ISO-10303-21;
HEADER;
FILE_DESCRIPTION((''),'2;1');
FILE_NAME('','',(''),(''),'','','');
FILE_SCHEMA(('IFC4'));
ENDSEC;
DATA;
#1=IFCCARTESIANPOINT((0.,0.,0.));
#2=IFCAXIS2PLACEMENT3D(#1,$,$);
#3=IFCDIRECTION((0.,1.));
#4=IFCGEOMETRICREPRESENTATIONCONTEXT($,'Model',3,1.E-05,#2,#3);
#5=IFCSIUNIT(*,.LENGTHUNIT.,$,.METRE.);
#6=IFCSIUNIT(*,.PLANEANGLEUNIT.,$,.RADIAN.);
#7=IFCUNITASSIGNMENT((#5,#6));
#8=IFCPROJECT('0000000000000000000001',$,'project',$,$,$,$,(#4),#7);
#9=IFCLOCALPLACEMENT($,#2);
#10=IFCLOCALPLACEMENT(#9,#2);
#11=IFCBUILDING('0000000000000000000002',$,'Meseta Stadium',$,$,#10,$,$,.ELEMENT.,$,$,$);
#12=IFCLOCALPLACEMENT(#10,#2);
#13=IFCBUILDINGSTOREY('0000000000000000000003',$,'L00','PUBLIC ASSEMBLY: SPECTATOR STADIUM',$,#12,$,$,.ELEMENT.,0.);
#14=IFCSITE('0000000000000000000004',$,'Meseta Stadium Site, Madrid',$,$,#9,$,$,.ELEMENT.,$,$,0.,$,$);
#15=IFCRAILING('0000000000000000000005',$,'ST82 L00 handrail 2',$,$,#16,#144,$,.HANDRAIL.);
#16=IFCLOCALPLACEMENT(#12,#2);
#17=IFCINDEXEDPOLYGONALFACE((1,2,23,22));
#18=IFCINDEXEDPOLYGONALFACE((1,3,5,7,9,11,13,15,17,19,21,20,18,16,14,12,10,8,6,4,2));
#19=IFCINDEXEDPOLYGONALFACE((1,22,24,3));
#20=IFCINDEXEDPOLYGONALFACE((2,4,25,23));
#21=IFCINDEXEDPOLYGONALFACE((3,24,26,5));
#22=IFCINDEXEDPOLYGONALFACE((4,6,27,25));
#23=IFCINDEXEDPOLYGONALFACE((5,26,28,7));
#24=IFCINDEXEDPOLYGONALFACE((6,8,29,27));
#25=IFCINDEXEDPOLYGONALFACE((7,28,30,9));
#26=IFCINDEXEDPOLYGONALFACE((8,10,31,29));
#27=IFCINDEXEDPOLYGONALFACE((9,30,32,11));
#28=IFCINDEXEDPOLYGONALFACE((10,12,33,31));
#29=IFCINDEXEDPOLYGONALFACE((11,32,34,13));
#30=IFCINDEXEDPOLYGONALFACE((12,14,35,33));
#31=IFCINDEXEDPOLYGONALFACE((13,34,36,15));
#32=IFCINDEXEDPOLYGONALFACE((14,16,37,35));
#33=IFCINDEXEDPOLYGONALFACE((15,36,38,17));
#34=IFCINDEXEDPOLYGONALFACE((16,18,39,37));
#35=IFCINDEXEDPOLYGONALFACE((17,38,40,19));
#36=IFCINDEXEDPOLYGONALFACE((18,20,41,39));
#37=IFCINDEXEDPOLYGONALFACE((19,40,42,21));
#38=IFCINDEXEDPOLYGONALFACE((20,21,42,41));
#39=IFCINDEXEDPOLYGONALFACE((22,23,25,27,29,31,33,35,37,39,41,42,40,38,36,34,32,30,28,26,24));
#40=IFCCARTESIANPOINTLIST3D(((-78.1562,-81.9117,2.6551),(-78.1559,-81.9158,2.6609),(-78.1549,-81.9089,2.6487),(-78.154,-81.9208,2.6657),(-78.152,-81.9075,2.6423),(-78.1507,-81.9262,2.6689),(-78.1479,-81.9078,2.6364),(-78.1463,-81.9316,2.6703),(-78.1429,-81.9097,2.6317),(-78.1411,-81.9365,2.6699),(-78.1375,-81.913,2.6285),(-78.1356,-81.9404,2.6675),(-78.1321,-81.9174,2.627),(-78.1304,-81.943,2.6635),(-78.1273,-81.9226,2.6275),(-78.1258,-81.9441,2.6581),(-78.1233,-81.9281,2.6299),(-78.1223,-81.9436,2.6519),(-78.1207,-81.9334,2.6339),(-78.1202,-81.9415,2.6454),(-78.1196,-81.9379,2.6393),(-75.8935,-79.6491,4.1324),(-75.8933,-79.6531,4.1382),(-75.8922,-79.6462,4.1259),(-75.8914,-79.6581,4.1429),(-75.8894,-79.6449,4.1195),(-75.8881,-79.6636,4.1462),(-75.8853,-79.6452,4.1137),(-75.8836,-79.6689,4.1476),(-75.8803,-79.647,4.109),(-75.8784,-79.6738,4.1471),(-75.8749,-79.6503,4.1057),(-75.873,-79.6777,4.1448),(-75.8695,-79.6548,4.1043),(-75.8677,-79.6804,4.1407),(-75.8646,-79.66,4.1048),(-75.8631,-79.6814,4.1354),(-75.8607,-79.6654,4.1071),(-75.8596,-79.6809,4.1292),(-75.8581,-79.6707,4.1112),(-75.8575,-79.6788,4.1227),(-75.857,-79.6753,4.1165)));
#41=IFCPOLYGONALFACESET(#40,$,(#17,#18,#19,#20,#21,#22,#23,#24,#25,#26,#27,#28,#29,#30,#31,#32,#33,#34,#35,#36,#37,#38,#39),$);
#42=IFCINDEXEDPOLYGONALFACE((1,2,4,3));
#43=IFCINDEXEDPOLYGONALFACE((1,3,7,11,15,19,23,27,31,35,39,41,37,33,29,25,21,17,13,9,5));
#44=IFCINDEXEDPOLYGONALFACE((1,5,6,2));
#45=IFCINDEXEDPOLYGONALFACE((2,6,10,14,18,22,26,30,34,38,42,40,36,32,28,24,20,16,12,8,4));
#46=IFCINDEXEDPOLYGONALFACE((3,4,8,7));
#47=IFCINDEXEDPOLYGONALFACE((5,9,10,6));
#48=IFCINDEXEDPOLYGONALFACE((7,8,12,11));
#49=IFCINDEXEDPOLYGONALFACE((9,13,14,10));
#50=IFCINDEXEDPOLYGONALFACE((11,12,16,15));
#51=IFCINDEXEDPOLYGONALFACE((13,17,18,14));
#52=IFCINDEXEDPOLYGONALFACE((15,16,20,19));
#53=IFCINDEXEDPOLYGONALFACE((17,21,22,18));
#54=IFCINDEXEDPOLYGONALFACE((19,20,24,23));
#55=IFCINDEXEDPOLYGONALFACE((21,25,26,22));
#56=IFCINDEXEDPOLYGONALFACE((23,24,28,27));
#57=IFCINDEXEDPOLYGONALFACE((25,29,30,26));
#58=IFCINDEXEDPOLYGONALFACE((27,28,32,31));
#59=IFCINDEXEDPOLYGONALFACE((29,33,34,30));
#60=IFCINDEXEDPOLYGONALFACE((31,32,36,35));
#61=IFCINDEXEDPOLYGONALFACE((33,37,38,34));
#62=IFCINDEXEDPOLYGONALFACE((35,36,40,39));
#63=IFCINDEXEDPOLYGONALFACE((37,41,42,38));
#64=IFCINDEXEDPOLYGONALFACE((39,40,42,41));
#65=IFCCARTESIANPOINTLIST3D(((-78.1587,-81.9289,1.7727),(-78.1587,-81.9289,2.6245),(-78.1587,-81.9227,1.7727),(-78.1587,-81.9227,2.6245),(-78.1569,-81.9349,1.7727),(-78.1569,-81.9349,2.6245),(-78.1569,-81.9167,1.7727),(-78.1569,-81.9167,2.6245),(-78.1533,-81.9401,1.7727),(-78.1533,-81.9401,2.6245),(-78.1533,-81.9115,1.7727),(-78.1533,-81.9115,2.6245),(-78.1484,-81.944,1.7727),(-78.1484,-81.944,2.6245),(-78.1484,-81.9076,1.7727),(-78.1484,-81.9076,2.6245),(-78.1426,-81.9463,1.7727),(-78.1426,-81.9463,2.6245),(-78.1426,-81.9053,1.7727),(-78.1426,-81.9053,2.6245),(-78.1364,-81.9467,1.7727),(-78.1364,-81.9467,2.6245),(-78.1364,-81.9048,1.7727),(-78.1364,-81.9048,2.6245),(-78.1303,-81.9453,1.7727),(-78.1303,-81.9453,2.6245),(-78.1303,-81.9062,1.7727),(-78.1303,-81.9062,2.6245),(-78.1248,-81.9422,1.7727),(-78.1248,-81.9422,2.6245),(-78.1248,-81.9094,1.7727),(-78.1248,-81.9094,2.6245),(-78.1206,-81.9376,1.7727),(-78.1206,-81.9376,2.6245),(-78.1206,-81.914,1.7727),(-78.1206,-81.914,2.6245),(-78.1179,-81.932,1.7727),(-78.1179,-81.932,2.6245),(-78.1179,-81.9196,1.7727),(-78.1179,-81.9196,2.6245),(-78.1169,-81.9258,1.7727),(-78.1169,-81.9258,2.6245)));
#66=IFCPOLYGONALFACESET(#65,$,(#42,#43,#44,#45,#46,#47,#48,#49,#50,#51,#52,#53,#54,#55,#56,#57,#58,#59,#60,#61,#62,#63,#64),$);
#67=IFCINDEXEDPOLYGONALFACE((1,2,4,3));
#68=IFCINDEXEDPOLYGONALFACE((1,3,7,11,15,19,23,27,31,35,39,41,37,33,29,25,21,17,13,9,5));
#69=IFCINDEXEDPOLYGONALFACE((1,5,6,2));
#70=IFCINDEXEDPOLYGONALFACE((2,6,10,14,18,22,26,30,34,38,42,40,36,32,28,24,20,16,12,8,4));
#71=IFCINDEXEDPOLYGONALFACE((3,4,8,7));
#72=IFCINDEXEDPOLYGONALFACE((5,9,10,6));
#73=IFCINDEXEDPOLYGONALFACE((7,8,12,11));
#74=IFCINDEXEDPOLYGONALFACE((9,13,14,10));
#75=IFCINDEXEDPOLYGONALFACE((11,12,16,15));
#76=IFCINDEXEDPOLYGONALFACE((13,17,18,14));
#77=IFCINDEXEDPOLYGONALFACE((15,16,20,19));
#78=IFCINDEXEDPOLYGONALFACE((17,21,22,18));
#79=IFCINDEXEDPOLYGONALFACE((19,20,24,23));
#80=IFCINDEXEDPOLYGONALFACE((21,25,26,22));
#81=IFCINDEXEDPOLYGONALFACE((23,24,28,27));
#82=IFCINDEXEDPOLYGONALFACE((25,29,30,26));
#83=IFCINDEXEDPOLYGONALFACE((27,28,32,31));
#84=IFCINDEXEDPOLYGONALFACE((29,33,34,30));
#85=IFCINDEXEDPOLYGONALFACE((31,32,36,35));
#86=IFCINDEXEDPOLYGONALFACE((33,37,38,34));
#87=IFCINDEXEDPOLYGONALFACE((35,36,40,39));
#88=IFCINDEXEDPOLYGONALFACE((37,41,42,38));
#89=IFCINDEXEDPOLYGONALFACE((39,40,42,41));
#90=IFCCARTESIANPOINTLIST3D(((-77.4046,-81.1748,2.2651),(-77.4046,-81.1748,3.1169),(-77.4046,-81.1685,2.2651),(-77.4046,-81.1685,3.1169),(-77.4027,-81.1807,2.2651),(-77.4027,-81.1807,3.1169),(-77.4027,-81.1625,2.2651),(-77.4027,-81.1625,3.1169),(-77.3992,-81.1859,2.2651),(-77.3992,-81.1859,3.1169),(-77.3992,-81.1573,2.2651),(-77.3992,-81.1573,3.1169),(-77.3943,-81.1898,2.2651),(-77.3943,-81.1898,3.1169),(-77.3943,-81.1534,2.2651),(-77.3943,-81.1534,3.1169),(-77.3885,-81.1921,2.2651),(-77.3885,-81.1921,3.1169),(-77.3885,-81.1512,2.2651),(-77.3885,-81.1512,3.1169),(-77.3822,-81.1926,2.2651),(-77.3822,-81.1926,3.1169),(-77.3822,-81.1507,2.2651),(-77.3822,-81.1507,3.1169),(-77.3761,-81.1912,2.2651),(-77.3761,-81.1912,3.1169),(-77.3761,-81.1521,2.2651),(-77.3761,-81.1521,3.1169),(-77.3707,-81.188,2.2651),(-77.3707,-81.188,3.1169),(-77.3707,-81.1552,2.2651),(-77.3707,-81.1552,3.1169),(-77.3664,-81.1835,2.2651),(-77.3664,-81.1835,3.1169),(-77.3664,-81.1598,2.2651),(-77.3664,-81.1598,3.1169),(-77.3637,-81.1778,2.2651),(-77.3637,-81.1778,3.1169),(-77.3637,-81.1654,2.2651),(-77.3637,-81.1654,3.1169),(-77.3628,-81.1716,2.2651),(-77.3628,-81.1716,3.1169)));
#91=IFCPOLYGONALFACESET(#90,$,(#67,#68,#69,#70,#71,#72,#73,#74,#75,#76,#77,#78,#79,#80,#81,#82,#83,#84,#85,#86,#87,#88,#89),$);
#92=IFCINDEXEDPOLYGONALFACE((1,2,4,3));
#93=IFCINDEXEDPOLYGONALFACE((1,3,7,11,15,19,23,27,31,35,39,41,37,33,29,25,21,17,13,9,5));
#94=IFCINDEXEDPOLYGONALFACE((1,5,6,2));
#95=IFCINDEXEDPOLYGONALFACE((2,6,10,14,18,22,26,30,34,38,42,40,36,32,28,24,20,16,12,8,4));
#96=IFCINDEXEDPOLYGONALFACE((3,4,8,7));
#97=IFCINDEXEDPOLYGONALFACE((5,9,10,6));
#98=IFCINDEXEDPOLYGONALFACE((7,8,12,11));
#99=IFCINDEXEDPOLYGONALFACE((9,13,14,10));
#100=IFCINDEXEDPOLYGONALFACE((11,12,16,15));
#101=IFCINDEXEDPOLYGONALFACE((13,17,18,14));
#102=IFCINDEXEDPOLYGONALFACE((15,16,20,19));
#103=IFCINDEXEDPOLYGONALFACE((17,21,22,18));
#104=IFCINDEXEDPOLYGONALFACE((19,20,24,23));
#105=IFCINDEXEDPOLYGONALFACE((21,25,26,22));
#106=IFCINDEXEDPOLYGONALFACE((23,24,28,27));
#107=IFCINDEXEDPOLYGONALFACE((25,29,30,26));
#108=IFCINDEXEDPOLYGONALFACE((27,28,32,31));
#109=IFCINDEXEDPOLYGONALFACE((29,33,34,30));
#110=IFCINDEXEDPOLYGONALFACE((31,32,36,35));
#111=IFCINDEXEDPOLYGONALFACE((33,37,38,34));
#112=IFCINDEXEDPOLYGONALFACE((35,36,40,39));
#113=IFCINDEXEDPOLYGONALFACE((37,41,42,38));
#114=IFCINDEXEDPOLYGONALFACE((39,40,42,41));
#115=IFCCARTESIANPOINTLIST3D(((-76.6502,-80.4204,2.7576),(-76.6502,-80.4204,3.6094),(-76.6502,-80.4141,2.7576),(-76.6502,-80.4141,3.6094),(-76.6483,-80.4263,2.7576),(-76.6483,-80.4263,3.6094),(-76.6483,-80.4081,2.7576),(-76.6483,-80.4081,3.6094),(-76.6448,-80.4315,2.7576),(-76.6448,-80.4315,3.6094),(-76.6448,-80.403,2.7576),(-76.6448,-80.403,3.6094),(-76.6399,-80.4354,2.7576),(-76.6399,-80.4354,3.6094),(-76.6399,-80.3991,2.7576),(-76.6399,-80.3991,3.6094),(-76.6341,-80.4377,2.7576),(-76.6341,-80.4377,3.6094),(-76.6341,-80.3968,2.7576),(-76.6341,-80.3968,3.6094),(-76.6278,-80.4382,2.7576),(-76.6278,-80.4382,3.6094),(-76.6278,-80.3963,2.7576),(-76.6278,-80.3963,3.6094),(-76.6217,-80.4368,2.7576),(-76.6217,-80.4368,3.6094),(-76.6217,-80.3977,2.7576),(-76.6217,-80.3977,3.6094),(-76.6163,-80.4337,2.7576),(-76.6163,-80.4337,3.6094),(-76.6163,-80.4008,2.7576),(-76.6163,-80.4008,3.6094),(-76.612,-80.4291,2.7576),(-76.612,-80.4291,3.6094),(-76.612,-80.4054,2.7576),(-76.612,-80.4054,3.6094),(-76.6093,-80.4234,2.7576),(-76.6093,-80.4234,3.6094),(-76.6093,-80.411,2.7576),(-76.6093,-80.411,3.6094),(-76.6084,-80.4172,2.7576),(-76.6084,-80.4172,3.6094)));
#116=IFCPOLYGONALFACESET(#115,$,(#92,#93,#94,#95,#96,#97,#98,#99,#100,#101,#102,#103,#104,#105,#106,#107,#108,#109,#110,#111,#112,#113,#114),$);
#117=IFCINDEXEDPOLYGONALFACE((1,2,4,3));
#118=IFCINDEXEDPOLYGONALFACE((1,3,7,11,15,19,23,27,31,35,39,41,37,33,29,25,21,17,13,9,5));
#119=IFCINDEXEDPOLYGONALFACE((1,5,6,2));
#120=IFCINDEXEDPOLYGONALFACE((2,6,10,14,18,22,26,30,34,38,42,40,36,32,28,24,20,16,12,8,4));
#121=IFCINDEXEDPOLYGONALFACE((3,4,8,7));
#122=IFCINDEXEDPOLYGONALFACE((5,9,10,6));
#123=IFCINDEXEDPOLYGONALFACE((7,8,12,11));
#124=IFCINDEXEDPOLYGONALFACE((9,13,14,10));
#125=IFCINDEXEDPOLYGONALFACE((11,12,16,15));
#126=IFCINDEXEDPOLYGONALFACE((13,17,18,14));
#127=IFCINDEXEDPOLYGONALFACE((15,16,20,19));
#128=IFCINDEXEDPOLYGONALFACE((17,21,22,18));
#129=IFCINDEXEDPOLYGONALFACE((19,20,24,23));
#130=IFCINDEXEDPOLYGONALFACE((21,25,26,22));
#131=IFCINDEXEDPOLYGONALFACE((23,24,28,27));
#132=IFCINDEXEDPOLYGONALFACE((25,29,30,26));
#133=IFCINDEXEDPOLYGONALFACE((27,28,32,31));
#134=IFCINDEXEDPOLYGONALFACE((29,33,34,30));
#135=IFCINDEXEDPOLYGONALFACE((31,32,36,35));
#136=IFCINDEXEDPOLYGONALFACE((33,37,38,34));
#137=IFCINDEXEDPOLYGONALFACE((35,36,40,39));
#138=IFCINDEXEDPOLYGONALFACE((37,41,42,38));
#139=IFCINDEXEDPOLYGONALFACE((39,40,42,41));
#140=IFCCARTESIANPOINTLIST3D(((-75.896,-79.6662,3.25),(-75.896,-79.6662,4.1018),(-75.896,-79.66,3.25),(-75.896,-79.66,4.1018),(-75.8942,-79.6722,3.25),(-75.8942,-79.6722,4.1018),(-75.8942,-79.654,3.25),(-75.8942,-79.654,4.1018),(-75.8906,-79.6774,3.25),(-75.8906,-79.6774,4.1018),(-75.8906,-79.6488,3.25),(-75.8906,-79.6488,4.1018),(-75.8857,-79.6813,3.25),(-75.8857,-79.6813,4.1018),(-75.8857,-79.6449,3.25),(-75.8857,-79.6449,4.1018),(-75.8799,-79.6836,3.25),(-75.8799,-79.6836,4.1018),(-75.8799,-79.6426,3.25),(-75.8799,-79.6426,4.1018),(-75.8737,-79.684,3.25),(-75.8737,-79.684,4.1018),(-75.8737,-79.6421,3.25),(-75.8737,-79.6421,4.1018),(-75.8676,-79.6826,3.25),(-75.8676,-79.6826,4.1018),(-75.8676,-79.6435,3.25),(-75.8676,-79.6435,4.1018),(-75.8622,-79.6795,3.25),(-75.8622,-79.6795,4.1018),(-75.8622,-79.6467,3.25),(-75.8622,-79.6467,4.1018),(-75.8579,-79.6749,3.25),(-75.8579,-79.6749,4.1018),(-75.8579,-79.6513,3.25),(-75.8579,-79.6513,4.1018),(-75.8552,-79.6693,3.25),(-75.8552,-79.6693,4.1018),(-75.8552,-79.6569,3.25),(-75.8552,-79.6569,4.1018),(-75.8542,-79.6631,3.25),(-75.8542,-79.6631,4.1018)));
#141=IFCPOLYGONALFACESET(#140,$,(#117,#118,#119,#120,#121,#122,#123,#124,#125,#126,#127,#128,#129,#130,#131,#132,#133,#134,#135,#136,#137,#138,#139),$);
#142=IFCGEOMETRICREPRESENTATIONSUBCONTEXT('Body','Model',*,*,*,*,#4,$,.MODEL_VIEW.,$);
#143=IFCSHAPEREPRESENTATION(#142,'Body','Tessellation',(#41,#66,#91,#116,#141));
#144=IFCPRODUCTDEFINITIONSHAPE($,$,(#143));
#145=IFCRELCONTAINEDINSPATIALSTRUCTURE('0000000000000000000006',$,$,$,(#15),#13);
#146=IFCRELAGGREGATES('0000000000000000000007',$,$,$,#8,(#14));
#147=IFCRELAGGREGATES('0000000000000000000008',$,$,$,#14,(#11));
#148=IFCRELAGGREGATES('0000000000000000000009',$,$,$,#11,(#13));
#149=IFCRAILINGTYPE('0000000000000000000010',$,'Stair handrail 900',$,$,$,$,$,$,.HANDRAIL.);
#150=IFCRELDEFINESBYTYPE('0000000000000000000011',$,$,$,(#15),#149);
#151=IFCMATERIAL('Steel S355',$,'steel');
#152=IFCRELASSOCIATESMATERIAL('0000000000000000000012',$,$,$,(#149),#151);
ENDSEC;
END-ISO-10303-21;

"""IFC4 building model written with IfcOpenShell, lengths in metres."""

from ifc_helpers import new_model, si_unit, direction, frame, origin, origin_2d, place, context, subcontext, project, spatial, circle, extrude, material, type_object, element, save


model = new_model("IFC4")

# Units and contexts
model_context = context("Model", 3, precision=1e-05, world=origin(), true_north=direction((0.0, 1.0)))
body_context = subcontext(model_context, "Body", "Model", "MODEL_VIEW")
ifc_project = project(units=[si_unit("LENGTHUNIT", "METRE"), si_unit("PLANEANGLEUNIT", "RADIAN")], contexts=[model_context])

# Site, building, storey
site_placement = place(None, origin())
site = spatial("IfcSite", under=ifc_project, at=site_placement, Name="Meseta Stadium Site, Madrid", CompositionType="ELEMENT", RefElevation=0.0)
building_placement = place(site_placement, origin())
building = spatial("IfcBuilding", under=site, at=building_placement, Name="Meseta Stadium", CompositionType="ELEMENT")
storey_placement = place(building_placement, origin())
storey = spatial("IfcBuildingStorey", under=building, at=storey_placement, Name="L00", Description="PUBLIC ASSEMBLY: SPECTATOR STADIUM", CompositionType="ELEMENT", Elevation=0.0)

# Railing
ifc_material_1 = material(Name="Steel S355", Category="steel")
railing_type_1 = type_object("IfcRailingType", Name="Stair handrail 900", PredefinedType="HANDRAIL", material=ifc_material_1)
for number, where, name in (
    (1, (-78.1379, -81.9258, 1.7727), "ST82 L00 handrail 2"),
):
    element("IfcRailing", number, at=place(storey_placement, frame(where)), inside=storey, type_object=railing_type_1, Name=name, PredefinedType="HANDRAIL", context=body_context, shape_type="SweptSolid", body=[
        extrude(circle(Radius=0.0239, at=origin_2d()), frame((0.0, 0.0, 0.876), z_axis=(0.641994, 0.641994, 0.419152), x_axis=(-0.707107, 0.707107, 0.0)), (0.0, 0.0, 1.0), 3.5244),
        extrude(circle(Radius=0.021, at=origin_2d()), origin(), (0.0, 0.0, 1.0), 0.8518),
        extrude(circle(Radius=0.021, at=origin_2d()), frame((0.7542, 0.7542, 0.4924)), (0.0, 0.0, 1.0), 0.8518),
        extrude(circle(Radius=0.021, at=origin_2d()), frame((1.5085, 1.5085, 0.9849)), (0.0, 0.0, 1.0), 0.8518),
        extrude(circle(Radius=0.021, at=origin_2d()), frame((2.2627, 2.2627, 1.4773)), (0.0, 0.0, 1.0), 0.8518),
    ])

save(model, "model.ifc")
